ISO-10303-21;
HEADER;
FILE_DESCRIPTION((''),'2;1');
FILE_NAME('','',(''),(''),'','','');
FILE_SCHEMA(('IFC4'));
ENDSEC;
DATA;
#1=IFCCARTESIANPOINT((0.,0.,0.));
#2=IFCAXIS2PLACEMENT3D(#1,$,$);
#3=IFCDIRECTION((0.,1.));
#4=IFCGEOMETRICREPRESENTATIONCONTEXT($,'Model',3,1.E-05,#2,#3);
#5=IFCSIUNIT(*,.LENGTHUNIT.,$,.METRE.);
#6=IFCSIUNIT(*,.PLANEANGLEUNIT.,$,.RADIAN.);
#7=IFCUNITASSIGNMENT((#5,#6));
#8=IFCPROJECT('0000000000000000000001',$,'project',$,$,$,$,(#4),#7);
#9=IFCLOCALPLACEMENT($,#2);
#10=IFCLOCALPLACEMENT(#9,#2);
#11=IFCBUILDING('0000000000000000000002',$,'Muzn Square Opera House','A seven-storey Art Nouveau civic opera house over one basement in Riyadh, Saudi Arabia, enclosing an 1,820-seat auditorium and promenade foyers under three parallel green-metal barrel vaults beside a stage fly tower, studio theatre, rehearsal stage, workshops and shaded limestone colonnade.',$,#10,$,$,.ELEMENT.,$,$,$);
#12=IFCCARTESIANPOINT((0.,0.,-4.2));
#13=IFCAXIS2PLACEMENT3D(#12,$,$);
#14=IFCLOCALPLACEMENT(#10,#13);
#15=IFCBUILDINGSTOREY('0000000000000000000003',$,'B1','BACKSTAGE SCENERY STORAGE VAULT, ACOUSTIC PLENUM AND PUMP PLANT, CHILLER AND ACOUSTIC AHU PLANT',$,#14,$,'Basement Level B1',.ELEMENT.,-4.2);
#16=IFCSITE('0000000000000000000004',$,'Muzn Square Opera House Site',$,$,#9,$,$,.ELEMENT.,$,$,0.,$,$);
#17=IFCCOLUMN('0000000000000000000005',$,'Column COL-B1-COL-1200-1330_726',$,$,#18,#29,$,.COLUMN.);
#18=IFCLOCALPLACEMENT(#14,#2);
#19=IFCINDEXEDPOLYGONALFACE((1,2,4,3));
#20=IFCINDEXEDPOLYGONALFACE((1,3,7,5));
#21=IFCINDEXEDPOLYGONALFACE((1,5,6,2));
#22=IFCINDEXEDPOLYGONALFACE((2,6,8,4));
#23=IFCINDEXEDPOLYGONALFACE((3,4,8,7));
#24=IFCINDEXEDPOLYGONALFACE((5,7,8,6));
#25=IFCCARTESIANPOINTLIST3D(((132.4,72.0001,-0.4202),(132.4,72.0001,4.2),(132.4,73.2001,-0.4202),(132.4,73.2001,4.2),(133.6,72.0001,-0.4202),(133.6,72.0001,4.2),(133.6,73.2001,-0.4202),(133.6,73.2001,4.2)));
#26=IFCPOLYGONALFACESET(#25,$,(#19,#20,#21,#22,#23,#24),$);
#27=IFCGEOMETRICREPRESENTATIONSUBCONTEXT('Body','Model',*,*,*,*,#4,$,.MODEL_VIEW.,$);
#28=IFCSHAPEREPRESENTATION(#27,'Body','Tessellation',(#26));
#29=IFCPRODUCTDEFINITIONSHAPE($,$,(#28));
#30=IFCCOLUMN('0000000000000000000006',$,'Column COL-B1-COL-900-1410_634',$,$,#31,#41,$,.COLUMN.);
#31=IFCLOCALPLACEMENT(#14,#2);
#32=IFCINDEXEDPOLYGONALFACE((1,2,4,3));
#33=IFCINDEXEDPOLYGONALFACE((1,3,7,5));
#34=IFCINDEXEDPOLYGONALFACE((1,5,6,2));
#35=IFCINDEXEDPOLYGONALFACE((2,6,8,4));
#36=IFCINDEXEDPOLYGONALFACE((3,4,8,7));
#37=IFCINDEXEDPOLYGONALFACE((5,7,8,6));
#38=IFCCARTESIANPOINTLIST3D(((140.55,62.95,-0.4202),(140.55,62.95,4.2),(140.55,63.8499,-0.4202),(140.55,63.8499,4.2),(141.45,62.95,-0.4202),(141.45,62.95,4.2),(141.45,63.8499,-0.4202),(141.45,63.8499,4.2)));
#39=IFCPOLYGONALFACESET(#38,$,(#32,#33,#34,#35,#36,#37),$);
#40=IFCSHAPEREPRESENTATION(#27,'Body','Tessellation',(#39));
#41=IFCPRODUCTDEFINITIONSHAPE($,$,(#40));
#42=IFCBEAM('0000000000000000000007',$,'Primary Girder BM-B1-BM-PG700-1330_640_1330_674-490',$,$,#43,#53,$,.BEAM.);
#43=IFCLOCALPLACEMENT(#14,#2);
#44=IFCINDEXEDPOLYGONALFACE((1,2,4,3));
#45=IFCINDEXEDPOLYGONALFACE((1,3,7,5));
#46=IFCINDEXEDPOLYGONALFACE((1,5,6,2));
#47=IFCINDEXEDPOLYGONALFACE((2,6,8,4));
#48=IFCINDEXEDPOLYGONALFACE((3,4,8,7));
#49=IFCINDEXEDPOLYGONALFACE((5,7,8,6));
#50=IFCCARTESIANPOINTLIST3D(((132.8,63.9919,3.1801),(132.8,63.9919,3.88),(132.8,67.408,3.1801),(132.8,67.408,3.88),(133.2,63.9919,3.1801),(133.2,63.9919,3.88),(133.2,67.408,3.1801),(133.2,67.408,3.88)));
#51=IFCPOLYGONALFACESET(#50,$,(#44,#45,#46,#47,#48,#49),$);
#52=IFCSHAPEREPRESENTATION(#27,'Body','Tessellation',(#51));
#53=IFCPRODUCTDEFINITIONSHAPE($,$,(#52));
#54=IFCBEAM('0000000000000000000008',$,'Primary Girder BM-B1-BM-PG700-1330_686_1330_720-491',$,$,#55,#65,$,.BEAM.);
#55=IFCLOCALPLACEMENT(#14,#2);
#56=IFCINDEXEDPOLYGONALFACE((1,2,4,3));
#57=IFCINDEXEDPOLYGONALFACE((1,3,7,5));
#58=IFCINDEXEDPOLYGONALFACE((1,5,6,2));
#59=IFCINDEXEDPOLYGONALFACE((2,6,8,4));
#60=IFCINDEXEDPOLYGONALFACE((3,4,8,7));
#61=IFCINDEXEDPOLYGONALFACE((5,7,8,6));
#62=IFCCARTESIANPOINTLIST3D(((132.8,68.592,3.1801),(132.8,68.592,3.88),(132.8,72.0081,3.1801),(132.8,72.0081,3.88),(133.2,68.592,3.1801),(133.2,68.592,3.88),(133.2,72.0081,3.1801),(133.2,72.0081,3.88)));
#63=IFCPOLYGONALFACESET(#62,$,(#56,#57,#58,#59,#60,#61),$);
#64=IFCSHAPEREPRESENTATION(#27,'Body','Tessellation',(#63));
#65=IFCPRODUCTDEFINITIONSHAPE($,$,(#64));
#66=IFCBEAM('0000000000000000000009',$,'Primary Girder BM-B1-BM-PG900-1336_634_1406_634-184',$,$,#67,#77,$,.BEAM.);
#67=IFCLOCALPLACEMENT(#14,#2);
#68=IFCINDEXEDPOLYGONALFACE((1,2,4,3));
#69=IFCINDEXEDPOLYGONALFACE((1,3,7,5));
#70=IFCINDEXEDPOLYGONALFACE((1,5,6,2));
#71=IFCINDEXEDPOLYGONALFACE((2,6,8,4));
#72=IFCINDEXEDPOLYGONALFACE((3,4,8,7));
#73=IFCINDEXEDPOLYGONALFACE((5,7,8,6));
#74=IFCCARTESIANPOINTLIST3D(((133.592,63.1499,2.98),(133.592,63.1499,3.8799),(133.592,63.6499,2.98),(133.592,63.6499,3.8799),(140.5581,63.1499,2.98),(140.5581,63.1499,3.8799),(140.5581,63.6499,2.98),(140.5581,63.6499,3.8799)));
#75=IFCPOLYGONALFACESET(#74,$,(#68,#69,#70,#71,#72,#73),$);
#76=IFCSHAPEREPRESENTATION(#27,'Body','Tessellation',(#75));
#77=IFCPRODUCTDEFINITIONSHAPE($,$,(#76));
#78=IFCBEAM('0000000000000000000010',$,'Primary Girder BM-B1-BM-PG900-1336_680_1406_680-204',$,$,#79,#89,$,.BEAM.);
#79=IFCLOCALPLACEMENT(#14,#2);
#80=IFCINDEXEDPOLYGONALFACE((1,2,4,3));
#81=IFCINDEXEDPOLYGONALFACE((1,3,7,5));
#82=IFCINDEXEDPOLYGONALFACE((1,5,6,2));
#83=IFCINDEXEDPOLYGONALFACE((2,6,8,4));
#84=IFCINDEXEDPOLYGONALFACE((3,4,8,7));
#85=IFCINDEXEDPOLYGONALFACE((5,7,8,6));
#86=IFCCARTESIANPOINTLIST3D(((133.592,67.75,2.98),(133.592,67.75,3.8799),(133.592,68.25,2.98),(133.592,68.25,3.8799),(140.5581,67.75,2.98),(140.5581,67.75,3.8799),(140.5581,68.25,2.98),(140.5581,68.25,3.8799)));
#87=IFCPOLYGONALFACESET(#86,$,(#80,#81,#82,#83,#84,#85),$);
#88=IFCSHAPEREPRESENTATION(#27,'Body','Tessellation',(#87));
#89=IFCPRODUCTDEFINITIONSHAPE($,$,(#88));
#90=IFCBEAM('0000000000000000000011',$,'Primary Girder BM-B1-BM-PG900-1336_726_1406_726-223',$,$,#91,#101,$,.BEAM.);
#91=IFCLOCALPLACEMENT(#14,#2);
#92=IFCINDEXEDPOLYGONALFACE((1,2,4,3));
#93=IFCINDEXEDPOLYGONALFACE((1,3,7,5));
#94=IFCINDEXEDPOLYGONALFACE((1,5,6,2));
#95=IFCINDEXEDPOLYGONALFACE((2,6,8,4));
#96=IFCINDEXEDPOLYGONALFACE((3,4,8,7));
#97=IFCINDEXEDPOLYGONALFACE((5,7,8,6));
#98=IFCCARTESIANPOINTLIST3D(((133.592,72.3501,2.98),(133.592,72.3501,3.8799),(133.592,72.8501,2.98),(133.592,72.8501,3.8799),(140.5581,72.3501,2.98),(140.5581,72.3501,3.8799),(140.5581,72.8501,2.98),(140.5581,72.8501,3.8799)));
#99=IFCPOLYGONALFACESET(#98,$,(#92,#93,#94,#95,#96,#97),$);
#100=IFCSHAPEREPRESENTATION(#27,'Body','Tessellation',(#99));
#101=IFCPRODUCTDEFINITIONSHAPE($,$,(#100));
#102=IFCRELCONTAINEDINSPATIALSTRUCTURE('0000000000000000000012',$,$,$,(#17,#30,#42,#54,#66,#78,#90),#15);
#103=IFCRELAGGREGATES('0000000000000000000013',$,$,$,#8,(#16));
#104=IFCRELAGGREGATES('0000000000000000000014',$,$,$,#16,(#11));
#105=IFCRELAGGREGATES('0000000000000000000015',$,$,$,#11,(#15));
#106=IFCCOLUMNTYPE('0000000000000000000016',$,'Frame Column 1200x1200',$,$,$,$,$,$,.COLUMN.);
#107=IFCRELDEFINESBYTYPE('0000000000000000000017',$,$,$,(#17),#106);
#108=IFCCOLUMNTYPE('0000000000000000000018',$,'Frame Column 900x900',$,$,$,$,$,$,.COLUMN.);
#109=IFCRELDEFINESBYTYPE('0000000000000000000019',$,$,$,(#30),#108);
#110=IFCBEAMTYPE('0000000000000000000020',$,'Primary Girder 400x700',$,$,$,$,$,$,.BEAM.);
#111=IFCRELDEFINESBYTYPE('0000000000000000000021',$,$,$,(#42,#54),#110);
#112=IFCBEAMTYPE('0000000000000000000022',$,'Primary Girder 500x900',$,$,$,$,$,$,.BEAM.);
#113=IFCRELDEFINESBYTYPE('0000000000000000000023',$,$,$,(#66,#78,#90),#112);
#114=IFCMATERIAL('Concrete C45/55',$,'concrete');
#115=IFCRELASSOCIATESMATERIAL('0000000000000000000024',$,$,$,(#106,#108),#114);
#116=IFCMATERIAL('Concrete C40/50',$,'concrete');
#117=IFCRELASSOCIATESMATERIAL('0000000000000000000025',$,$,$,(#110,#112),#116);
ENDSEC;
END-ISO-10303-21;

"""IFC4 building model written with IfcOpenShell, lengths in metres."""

from ifc_helpers import new_model, si_unit, direction, frame, origin, origin_2d, place, context, subcontext, project, spatial, rectangle, extrude, material, material_profile, profile_set, type_object, element, save


model = new_model("IFC4")

# Units and contexts
model_context = context("Model", 3, precision=1e-05, world=origin(), true_north=direction((0.0, 1.0)))
body_context = subcontext(model_context, "Body", "Model", "MODEL_VIEW")
ifc_project = project(units=[si_unit("LENGTHUNIT", "METRE"), si_unit("PLANEANGLEUNIT", "RADIAN")], contexts=[model_context])

# Site, building, storey
site_placement = place(None, origin())
site = spatial("IfcSite", under=ifc_project, at=site_placement, Name="Muzn Square Opera House Site", CompositionType="ELEMENT", RefElevation=0.0)
building_placement = place(site_placement, origin())
building = spatial("IfcBuilding", under=site, at=building_placement, Name="Muzn Square Opera House", Description="A seven-storey Art Nouveau civic opera house over one basement in Riyadh, Saudi Arabia, enclosing an 1,820-seat auditorium and promenade foyers under three parallel green-metal barrel vaults beside a stage fly tower, studio theatre, rehearsal stage, workshops and shaded limestone colonnade.", CompositionType="ELEMENT")
storey_placement = place(building_placement, frame((0.0, 0.0, -4.2)))
storey = spatial("IfcBuildingStorey", under=building, at=storey_placement, Name="B1", Description="BACKSTAGE SCENERY STORAGE VAULT, ACOUSTIC PLENUM AND PUMP PLANT, CHILLER AND ACOUSTIC AHU PLANT", LongName="Basement Level B1", CompositionType="ELEMENT", Elevation=-4.2)

# Shared definitions
ifc_material_1 = material(Name="Concrete C40/50", Category="concrete")

# Columns
ifc_material_2 = material(Name="Concrete C45/55", Category="concrete")
ifc_material_profile_1 = material_profile(ifc_material_2, rectangle(XDim=1.2, YDim=1.2, at=origin_2d()), Name="RC 1200x1200", Category="concrete")
ifc_profile_set_1 = profile_set([ifc_material_profile_1], Name="Concrete C45/55")
column_type_1 = type_object("IfcColumnType", Name="Frame Column 1200x1200", PredefinedType="COLUMN", material=ifc_profile_set_1)
for number, where, z_axis, x_axis, name in (
    (1, (133.0, 72.6001, -0.4202), (0.0, 0.0, 1.0), (1.0, 0.0, 0.0), "Column COL-B1-COL-1200-1330_726"),
):
    element("IfcColumn", number, at=place(storey_placement, frame(where, z_axis=z_axis, x_axis=x_axis)), inside=storey, type_object=column_type_1, Name=name, PredefinedType="COLUMN", context=body_context, shape_type="SweptSolid", body=[
        extrude(rectangle(XDim=1.2, YDim=1.2, at=origin_2d()), origin(), (0.0, 0.0, 1.0), 4.6201),
    ])
ifc_material_profile_2 = material_profile(ifc_material_2, rectangle(XDim=0.8999, YDim=0.8999, at=origin_2d()), Name="RC 900x900", Category="concrete")
ifc_profile_set_2 = profile_set([ifc_material_profile_2], Name="Concrete C45/55")
column_type_2 = type_object("IfcColumnType", Name="Frame Column 900x900", PredefinedType="COLUMN", material=ifc_profile_set_2)
column_placement = place(storey_placement, frame((141.0, 63.3999, -0.4202), z_axis=(0.0, 0.0, 1.0), x_axis=(1.0, 0.0, 0.0)))
element("IfcColumn", 2, at=column_placement, inside=storey, type_object=column_type_2, Name="Column COL-B1-COL-900-1410_634", PredefinedType="COLUMN", context=body_context, shape_type="SweptSolid", body=[
    extrude(rectangle(XDim=0.8999, YDim=0.8999, at=origin_2d()), origin(), (0.0, 0.0, 1.0), 4.6201),
])

# Beams
ifc_material_profile_3 = material_profile(ifc_material_1, rectangle(XDim=0.3999, YDim=0.7, at=origin_2d()), Name="RCB 400x700", Category="concrete")
ifc_profile_set_3 = profile_set([ifc_material_profile_3], Name="Concrete C40/50")
beam_type_1 = type_object("IfcBeamType", Name="Primary Girder 400x700", PredefinedType="BEAM", material=ifc_profile_set_3)
for number, where, z_axis, x_axis, name in (
    (3, (133.0, 63.9919, 3.53), (0.0, 1.0, 0.0), (-1.0, 0.0, 0.0), "Primary Girder BM-B1-BM-PG700-1330_640_1330_674-490"),
    (4, (133.0, 68.592, 3.53), (0.0, 1.0, 0.0), (-1.0, 0.0, 0.0), "Primary Girder BM-B1-BM-PG700-1330_686_1330_720-491"),
):
    element("IfcBeam", number, at=place(storey_placement, frame(where, z_axis=z_axis, x_axis=x_axis)), inside=storey, type_object=beam_type_1, Name=name, PredefinedType="BEAM", context=body_context, shape_type="SweptSolid", body=[
        extrude(rectangle(XDim=0.3999, YDim=0.7, at=origin_2d()), origin(), (0.0, 0.0, 1.0), 3.416),
    ])
ifc_material_profile_4 = material_profile(ifc_material_1, rectangle(XDim=0.5, YDim=0.8999, at=origin_2d()), Name="RCB 500x900", Category="concrete")
ifc_profile_set_4 = profile_set([ifc_material_profile_4], Name="Concrete C40/50")
beam_type_2 = type_object("IfcBeamType", Name="Primary Girder 500x900", PredefinedType="BEAM", material=ifc_profile_set_4)
for number, where, z_axis, x_axis, name in (
    (5, (133.592, 63.3999, 3.4299), (1.0, 0.0, 0.0), (0.0, 1.0, 0.0), "Primary Girder BM-B1-BM-PG900-1336_634_1406_634-184"),
    (6, (133.592, 68.0, 3.4299), (1.0, 0.0, 0.0), (0.0, 1.0, 0.0), "Primary Girder BM-B1-BM-PG900-1336_680_1406_680-204"),
    (7, (133.592, 72.6001, 3.4299), (1.0, 0.0, 0.0), (0.0, 1.0, 0.0), "Primary Girder BM-B1-BM-PG900-1336_726_1406_726-223"),
):
    element("IfcBeam", number, at=place(storey_placement, frame(where, z_axis=z_axis, x_axis=x_axis)), inside=storey, type_object=beam_type_2, Name=name, PredefinedType="BEAM", context=body_context, shape_type="SweptSolid", body=[
        extrude(rectangle(XDim=0.5, YDim=0.8999, at=origin_2d()), origin(), (0.0, 0.0, 1.0), 6.9661),
    ])

save(model, "model.ifc")
